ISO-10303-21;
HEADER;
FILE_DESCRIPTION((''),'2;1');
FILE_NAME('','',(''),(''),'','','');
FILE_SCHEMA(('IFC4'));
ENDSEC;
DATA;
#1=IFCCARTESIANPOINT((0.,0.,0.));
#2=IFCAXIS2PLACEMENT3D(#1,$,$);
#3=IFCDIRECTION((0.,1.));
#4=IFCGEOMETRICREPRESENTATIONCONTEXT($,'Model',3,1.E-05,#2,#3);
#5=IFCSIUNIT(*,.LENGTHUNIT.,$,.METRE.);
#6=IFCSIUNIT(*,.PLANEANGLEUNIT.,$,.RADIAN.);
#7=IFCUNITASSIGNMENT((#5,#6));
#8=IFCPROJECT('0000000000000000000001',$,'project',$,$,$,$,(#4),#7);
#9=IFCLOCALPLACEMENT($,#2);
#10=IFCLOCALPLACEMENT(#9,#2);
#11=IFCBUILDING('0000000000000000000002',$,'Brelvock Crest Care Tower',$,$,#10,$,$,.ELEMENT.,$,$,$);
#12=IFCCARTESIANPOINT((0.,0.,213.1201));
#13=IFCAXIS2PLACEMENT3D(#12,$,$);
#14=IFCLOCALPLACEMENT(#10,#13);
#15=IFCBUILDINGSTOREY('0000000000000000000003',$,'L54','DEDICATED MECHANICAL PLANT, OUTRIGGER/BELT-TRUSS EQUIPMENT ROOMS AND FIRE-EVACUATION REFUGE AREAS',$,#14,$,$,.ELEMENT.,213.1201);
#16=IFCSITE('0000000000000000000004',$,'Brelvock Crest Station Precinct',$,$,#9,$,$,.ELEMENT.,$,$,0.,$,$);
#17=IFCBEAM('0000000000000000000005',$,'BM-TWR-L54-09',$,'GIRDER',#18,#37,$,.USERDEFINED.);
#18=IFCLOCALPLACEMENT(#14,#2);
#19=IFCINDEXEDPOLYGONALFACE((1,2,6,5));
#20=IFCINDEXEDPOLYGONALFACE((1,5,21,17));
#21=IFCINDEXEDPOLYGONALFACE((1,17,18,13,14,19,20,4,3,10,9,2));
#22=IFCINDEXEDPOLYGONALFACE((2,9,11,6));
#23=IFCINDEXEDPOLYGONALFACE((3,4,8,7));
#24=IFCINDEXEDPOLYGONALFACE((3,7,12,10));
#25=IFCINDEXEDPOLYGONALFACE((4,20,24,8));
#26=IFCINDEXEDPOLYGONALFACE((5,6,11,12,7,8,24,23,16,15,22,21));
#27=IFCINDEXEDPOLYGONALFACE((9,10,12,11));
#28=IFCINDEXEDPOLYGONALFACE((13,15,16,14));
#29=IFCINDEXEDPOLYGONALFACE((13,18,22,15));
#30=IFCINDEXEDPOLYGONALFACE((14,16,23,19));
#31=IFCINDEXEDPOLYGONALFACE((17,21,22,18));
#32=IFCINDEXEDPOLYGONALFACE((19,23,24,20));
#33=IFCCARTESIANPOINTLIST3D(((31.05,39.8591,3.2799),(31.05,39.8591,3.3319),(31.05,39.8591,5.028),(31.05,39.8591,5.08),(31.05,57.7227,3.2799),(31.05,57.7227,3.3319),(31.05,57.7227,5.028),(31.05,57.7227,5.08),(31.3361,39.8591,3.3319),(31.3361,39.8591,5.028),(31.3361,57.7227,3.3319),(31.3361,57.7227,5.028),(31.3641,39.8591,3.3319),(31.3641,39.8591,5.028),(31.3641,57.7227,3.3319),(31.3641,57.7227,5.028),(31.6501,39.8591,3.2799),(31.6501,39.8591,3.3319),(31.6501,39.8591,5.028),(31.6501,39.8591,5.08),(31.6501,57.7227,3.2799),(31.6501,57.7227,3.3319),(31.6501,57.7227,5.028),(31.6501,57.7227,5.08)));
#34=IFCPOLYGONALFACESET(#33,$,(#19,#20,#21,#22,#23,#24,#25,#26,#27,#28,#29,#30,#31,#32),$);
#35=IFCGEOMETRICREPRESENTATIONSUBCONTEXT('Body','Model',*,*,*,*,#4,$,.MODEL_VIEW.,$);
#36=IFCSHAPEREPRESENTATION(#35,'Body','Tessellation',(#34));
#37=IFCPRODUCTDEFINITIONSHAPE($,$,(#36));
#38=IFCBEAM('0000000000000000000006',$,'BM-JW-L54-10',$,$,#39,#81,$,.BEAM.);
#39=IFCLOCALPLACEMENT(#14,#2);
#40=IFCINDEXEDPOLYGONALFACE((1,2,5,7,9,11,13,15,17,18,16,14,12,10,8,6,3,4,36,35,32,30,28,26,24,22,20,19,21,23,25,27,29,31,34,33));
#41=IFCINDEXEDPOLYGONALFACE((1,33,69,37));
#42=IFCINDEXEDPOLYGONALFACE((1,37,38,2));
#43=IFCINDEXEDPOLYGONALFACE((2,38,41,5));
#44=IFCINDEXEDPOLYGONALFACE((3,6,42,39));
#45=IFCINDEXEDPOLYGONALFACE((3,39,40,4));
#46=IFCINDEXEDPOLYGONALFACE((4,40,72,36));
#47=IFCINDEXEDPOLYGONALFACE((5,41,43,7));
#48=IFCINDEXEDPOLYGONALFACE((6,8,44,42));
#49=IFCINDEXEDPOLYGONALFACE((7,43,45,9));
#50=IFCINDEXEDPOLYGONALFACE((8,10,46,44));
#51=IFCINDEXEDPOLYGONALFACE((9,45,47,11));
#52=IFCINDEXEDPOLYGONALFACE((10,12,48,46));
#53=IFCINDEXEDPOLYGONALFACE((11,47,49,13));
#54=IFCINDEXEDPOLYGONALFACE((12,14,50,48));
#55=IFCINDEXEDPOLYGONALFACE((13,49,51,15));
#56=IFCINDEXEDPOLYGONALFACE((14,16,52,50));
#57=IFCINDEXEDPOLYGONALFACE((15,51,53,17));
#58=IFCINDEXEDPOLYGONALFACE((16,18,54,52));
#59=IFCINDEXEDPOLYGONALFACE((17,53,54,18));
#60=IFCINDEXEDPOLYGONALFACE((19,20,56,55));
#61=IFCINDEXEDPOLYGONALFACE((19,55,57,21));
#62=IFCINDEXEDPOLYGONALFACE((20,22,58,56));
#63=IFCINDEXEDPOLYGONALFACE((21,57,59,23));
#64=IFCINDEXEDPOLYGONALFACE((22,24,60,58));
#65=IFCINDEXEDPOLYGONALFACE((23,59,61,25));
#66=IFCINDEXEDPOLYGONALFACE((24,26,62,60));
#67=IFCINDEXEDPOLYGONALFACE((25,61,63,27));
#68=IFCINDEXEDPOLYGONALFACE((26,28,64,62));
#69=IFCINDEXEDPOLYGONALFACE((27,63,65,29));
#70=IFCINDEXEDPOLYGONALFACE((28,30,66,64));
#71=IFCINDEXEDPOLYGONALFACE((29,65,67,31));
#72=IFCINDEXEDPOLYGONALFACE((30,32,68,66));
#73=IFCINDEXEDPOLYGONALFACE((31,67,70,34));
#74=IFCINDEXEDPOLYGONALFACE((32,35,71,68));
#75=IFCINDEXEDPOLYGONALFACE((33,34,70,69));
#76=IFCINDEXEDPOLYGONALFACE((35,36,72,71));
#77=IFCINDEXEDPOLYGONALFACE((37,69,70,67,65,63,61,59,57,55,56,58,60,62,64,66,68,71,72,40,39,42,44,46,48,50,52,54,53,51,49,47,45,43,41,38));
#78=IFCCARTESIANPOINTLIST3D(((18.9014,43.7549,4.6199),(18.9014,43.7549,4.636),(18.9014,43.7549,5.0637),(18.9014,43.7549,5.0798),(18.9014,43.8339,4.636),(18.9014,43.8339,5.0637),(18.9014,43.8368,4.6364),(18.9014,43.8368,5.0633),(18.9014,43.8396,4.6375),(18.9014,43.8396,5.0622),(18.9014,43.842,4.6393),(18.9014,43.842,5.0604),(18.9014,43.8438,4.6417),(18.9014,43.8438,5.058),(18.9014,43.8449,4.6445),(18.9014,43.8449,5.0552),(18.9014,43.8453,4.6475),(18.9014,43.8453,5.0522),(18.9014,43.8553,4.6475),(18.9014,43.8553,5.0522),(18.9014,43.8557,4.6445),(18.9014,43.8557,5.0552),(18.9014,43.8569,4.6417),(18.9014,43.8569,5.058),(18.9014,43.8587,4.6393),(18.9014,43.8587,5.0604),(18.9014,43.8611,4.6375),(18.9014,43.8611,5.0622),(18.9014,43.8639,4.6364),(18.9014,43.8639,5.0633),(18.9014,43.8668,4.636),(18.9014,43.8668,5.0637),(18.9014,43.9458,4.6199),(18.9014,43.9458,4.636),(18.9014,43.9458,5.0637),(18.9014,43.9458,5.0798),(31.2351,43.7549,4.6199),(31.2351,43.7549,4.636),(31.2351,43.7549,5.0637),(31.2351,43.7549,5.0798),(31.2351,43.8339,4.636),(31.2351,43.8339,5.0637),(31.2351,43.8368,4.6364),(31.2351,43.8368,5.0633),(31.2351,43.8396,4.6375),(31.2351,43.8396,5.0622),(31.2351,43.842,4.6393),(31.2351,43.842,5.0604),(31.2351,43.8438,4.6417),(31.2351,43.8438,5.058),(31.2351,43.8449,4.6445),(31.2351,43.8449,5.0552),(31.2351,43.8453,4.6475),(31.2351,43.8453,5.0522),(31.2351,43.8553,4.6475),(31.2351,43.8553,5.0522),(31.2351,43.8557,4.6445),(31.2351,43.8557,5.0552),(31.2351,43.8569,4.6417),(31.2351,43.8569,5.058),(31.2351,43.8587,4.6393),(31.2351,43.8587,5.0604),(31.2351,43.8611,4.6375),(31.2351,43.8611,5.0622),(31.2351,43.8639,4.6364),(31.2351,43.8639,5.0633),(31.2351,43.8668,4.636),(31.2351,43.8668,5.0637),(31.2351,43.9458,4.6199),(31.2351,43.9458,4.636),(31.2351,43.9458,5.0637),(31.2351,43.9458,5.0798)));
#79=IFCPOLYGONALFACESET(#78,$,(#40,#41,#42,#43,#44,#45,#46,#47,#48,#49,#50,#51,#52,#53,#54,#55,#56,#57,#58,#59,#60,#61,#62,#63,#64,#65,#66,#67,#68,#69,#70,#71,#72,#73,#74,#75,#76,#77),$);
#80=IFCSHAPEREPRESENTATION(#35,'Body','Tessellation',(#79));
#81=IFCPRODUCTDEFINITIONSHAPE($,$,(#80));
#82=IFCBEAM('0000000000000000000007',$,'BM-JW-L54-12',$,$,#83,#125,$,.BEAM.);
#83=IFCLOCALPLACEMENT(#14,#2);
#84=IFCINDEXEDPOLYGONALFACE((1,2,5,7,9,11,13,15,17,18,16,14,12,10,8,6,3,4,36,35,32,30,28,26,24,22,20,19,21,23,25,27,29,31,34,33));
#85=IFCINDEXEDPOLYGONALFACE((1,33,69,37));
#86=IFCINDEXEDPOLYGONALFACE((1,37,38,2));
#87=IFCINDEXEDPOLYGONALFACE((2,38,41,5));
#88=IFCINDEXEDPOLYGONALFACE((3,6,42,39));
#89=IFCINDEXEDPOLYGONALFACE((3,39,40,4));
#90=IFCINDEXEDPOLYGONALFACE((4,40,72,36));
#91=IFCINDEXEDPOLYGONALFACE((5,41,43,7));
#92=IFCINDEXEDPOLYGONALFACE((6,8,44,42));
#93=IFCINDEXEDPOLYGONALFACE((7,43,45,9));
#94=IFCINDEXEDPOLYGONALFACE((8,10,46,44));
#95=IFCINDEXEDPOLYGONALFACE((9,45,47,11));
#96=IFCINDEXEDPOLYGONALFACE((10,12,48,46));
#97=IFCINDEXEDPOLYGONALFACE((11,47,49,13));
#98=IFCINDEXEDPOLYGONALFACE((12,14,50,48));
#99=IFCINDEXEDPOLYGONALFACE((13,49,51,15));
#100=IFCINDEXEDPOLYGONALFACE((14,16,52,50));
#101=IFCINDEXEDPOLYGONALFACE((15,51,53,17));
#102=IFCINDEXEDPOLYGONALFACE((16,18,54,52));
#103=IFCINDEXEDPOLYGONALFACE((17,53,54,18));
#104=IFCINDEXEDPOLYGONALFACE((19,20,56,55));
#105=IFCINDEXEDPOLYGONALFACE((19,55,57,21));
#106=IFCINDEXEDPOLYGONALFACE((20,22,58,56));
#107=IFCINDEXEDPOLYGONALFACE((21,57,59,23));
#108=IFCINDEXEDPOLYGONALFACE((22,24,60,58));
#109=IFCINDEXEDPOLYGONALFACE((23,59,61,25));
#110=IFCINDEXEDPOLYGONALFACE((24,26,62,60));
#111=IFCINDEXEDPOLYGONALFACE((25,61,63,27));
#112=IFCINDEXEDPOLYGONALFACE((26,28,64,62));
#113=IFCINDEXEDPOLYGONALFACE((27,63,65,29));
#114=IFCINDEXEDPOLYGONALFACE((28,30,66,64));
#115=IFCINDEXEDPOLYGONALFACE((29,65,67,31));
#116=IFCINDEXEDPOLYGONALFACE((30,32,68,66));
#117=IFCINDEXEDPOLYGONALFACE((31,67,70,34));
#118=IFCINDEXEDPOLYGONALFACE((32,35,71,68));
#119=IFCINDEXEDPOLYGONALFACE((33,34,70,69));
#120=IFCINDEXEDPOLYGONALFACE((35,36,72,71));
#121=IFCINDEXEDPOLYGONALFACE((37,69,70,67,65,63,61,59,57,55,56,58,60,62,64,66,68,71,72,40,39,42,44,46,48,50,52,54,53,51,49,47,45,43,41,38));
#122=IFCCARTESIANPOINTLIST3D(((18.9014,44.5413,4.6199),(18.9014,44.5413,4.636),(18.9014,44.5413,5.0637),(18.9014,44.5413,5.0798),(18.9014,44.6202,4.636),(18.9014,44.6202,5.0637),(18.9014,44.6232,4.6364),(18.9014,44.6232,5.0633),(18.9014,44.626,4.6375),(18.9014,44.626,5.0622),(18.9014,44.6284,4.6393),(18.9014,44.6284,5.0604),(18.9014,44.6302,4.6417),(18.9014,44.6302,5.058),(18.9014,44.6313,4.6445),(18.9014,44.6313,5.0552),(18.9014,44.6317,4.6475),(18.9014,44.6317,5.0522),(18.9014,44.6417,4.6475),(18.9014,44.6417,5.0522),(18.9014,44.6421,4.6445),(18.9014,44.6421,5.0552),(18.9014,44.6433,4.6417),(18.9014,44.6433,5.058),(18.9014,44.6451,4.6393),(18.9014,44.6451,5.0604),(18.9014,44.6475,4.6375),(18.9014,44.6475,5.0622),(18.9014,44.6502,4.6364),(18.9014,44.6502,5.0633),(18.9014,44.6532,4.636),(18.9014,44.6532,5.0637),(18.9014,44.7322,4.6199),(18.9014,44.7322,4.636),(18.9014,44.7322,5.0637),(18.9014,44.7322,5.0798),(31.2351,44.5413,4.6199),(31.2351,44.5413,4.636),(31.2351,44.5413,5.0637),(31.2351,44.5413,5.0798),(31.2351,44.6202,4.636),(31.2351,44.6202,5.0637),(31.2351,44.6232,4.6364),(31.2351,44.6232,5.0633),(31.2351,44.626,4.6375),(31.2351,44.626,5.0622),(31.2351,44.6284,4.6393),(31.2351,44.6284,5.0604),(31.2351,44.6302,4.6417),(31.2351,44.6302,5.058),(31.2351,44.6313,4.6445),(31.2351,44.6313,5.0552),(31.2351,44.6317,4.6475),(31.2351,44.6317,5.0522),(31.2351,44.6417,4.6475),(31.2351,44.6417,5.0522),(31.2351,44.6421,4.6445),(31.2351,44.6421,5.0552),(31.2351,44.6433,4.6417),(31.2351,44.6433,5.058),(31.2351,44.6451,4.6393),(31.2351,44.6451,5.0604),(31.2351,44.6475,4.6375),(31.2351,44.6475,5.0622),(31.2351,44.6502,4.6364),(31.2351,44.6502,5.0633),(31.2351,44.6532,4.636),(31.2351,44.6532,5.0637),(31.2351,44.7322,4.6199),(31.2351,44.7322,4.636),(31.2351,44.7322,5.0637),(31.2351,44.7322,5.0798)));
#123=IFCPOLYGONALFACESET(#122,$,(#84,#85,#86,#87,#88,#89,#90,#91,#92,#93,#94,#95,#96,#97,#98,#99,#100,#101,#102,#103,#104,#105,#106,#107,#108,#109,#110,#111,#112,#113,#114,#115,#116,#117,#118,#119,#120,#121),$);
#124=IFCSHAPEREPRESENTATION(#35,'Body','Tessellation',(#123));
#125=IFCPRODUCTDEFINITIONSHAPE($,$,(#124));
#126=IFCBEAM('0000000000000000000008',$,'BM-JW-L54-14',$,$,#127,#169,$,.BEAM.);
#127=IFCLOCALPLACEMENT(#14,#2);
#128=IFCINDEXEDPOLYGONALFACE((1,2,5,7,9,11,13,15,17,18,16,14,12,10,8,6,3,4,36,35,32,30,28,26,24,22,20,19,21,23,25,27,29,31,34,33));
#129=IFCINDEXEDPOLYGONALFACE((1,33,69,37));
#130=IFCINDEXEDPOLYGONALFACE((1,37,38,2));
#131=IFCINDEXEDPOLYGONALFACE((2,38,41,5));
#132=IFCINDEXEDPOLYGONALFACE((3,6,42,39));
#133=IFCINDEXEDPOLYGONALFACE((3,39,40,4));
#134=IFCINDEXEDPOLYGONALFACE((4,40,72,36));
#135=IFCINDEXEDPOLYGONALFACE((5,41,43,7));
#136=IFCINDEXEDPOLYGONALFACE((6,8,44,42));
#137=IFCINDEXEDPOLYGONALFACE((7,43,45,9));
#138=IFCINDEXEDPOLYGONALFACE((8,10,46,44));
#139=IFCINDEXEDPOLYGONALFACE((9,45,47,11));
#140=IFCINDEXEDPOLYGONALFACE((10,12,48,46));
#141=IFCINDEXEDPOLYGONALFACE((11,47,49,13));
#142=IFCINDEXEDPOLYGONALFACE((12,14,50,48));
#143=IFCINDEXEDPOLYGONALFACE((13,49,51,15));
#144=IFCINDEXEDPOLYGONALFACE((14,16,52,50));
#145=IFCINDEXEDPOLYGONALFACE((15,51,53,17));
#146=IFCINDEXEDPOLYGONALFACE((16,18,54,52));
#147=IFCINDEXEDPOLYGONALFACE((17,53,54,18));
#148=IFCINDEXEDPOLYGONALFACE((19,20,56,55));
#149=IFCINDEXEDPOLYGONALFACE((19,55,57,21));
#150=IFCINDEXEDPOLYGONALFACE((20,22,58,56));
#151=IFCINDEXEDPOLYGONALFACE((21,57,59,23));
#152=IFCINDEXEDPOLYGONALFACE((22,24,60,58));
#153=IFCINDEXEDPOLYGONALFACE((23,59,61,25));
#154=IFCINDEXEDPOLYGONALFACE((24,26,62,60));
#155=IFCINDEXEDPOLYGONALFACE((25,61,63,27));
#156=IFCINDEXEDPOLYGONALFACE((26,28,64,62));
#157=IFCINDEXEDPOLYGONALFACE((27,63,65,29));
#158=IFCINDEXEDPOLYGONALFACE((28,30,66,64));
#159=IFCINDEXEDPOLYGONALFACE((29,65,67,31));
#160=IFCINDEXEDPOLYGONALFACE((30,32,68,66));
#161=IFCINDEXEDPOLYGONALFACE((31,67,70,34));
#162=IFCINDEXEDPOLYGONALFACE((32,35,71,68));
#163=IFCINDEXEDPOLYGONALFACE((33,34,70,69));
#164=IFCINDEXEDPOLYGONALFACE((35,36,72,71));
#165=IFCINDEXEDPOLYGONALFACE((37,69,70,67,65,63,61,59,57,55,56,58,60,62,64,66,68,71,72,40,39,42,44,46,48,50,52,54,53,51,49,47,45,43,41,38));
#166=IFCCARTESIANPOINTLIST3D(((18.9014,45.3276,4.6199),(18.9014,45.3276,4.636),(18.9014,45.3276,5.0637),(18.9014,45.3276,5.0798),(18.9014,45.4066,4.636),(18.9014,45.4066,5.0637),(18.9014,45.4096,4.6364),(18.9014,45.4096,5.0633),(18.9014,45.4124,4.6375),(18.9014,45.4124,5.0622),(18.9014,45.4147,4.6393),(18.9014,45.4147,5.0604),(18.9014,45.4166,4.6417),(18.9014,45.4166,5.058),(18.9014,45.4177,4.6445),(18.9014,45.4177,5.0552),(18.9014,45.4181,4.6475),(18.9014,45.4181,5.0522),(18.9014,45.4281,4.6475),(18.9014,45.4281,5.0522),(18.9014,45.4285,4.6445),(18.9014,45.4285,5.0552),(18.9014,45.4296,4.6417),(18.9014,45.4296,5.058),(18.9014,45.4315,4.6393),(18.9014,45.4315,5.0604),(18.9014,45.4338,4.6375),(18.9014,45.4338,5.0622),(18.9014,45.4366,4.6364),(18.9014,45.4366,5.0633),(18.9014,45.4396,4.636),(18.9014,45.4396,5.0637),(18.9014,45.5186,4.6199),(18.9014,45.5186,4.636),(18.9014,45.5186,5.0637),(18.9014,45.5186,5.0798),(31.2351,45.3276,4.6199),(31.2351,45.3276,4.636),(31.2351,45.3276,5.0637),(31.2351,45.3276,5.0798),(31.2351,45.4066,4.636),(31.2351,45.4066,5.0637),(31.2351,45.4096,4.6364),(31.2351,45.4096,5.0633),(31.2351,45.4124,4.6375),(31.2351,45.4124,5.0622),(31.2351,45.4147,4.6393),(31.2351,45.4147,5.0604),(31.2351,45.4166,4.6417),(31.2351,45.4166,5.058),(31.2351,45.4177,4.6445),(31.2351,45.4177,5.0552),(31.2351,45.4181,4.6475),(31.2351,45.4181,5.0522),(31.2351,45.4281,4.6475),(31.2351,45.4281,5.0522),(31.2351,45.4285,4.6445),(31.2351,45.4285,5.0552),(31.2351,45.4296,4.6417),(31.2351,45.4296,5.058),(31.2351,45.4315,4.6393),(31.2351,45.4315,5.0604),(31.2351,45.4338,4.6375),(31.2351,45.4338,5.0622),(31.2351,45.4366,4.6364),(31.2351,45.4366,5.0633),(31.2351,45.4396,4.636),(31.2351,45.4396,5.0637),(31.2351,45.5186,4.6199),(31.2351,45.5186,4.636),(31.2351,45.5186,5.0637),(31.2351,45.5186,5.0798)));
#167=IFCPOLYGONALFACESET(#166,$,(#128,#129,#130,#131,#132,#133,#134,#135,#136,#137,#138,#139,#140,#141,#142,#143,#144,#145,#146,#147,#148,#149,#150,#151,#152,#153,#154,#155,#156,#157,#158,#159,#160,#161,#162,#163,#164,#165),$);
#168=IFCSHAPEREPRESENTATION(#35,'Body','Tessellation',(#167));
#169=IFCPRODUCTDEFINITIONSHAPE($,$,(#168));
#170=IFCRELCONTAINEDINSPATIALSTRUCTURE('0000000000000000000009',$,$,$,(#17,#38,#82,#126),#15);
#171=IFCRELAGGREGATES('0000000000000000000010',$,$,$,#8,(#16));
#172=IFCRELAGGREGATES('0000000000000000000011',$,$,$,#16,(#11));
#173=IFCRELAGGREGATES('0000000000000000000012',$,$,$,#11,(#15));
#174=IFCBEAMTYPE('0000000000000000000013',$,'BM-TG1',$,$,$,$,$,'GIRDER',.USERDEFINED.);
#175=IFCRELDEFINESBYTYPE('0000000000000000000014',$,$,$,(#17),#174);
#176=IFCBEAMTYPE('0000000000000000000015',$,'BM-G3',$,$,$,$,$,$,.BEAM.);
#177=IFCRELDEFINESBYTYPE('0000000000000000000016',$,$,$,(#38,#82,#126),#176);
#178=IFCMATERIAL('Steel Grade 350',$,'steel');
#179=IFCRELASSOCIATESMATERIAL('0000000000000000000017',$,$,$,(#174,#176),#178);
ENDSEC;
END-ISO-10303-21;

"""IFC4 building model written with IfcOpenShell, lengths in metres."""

from ifc_helpers import new_model, si_unit, direction, frame, origin, origin_2d, place, context, subcontext, project, spatial, i_section, extrude, source, transform, mapped, material, material_profile, profile_set, type_object, element, save


model = new_model("IFC4")

# Units and contexts
model_context = context("Model", 3, precision=1e-05, world=origin(), true_north=direction((0.0, 1.0)))
body_context = subcontext(model_context, "Body", "Model", "MODEL_VIEW")
ifc_project = project(units=[si_unit("LENGTHUNIT", "METRE"), si_unit("PLANEANGLEUNIT", "RADIAN")], contexts=[model_context])

# Site, building, storey
site_placement = place(None, origin())
site = spatial("IfcSite", under=ifc_project, at=site_placement, Name="Brelvock Crest Station Precinct", CompositionType="ELEMENT", RefElevation=0.0)
building_placement = place(site_placement, origin())
building = spatial("IfcBuilding", under=site, at=building_placement, Name="Brelvock Crest Care Tower", CompositionType="ELEMENT")
storey_placement = place(building_placement, frame((0.0, 0.0, 213.1201)))
storey = spatial("IfcBuildingStorey", under=building, at=storey_placement, Name="L54", Description="DEDICATED MECHANICAL PLANT, OUTRIGGER/BELT-TRUSS EQUIPMENT ROOMS AND FIRE-EVACUATION REFUGE AREAS", CompositionType="ELEMENT", Elevation=213.1201)

# Shared definitions
ifc_material = material(Name="Steel Grade 350", Category="steel")

# Beams
ifc_material_profile_1 = material_profile(ifc_material, i_section(OverallWidth=0.6001, OverallDepth=1.8, WebThickness=0.0281, FlangeThickness=0.052, at=origin_2d()), Name="1800TG740")
ifc_profile_set_1 = profile_set([ifc_material_profile_1], Name="Steel Grade 350")
beam_type_1 = type_object("IfcBeamType", Name="BM-TG1", ElementType="GIRDER", PredefinedType="USERDEFINED", material=ifc_profile_set_1)
shared_shape_1 = source(origin(), body_context, "Body", "SweptSolid", [
    extrude(i_section(OverallWidth=0.6001, OverallDepth=1.8, WebThickness=0.0281, FlangeThickness=0.052, at=origin_2d()), origin(), (0.0, 0.0, 1.0), 17.8635),
])
beam_1_placement = place(storey_placement, frame((31.3501, 39.8591, 4.1799), z_axis=(0.0, 1.0, 0.0), x_axis=(-1.0, 0.0, 0.0)))
element("IfcBeam", 1, at=beam_1_placement, inside=storey, type_object=beam_type_1, Name="BM-TWR-L54-09", ObjectType="GIRDER", PredefinedType="USERDEFINED", context=body_context, shape_type="MappedRepresentation", body=[
    mapped(shared_shape_1, transform((0.0, 0.0, 0.0), x_axis=(1.0, 0.0, 0.0), y_axis=(0.0, 1.0, 0.0), z_axis=(0.0, 0.0, 1.0), scale=1.0)),
])
ifc_material_profile_2 = material_profile(ifc_material, i_section(OverallWidth=0.1909, OverallDepth=0.46, WebThickness=0.01, FlangeThickness=0.0161, FilletRadius=0.0115, at=origin_2d()), Name="460UB82.1")
ifc_profile_set_2 = profile_set([ifc_material_profile_2], Name="Steel Grade 350")
beam_type_2 = type_object("IfcBeamType", Name="BM-G3", PredefinedType="BEAM", material=ifc_profile_set_2)
shared_shape_2 = source(origin(), body_context, "Body", "SweptSolid", [
    extrude(i_section(OverallWidth=0.1909, OverallDepth=0.46, WebThickness=0.01, FlangeThickness=0.0161, FilletRadius=0.0115, at=origin_2d()), origin(), (0.0, 0.0, 1.0), 12.3337),
])
for number, where, z_axis, x_axis, name in (
    (2, (18.9014, 43.8503, 4.8499), (1.0, 0.0, 0.0), (0.0, 1.0, 0.0), "BM-JW-L54-10"),
    (3, (18.9014, 44.6367, 4.8499), (1.0, 0.0, 0.0), (0.0, 1.0, 0.0), "BM-JW-L54-12"),
    (4, (18.9014, 45.4231, 4.8499), (1.0, 0.0, 0.0), (0.0, 1.0, 0.0), "BM-JW-L54-14"),
):
    element("IfcBeam", number, at=place(storey_placement, frame(where, z_axis=z_axis, x_axis=x_axis)), inside=storey, type_object=beam_type_2, Name=name, PredefinedType="BEAM", context=body_context, shape_type="MappedRepresentation", body=[
        mapped(shared_shape_2, transform((0.0, 0.0, 0.0), x_axis=(1.0, 0.0, 0.0), y_axis=(0.0, 1.0, 0.0), z_axis=(0.0, 0.0, 1.0), scale=1.0)),
    ])

save(model, "model.ifc")
